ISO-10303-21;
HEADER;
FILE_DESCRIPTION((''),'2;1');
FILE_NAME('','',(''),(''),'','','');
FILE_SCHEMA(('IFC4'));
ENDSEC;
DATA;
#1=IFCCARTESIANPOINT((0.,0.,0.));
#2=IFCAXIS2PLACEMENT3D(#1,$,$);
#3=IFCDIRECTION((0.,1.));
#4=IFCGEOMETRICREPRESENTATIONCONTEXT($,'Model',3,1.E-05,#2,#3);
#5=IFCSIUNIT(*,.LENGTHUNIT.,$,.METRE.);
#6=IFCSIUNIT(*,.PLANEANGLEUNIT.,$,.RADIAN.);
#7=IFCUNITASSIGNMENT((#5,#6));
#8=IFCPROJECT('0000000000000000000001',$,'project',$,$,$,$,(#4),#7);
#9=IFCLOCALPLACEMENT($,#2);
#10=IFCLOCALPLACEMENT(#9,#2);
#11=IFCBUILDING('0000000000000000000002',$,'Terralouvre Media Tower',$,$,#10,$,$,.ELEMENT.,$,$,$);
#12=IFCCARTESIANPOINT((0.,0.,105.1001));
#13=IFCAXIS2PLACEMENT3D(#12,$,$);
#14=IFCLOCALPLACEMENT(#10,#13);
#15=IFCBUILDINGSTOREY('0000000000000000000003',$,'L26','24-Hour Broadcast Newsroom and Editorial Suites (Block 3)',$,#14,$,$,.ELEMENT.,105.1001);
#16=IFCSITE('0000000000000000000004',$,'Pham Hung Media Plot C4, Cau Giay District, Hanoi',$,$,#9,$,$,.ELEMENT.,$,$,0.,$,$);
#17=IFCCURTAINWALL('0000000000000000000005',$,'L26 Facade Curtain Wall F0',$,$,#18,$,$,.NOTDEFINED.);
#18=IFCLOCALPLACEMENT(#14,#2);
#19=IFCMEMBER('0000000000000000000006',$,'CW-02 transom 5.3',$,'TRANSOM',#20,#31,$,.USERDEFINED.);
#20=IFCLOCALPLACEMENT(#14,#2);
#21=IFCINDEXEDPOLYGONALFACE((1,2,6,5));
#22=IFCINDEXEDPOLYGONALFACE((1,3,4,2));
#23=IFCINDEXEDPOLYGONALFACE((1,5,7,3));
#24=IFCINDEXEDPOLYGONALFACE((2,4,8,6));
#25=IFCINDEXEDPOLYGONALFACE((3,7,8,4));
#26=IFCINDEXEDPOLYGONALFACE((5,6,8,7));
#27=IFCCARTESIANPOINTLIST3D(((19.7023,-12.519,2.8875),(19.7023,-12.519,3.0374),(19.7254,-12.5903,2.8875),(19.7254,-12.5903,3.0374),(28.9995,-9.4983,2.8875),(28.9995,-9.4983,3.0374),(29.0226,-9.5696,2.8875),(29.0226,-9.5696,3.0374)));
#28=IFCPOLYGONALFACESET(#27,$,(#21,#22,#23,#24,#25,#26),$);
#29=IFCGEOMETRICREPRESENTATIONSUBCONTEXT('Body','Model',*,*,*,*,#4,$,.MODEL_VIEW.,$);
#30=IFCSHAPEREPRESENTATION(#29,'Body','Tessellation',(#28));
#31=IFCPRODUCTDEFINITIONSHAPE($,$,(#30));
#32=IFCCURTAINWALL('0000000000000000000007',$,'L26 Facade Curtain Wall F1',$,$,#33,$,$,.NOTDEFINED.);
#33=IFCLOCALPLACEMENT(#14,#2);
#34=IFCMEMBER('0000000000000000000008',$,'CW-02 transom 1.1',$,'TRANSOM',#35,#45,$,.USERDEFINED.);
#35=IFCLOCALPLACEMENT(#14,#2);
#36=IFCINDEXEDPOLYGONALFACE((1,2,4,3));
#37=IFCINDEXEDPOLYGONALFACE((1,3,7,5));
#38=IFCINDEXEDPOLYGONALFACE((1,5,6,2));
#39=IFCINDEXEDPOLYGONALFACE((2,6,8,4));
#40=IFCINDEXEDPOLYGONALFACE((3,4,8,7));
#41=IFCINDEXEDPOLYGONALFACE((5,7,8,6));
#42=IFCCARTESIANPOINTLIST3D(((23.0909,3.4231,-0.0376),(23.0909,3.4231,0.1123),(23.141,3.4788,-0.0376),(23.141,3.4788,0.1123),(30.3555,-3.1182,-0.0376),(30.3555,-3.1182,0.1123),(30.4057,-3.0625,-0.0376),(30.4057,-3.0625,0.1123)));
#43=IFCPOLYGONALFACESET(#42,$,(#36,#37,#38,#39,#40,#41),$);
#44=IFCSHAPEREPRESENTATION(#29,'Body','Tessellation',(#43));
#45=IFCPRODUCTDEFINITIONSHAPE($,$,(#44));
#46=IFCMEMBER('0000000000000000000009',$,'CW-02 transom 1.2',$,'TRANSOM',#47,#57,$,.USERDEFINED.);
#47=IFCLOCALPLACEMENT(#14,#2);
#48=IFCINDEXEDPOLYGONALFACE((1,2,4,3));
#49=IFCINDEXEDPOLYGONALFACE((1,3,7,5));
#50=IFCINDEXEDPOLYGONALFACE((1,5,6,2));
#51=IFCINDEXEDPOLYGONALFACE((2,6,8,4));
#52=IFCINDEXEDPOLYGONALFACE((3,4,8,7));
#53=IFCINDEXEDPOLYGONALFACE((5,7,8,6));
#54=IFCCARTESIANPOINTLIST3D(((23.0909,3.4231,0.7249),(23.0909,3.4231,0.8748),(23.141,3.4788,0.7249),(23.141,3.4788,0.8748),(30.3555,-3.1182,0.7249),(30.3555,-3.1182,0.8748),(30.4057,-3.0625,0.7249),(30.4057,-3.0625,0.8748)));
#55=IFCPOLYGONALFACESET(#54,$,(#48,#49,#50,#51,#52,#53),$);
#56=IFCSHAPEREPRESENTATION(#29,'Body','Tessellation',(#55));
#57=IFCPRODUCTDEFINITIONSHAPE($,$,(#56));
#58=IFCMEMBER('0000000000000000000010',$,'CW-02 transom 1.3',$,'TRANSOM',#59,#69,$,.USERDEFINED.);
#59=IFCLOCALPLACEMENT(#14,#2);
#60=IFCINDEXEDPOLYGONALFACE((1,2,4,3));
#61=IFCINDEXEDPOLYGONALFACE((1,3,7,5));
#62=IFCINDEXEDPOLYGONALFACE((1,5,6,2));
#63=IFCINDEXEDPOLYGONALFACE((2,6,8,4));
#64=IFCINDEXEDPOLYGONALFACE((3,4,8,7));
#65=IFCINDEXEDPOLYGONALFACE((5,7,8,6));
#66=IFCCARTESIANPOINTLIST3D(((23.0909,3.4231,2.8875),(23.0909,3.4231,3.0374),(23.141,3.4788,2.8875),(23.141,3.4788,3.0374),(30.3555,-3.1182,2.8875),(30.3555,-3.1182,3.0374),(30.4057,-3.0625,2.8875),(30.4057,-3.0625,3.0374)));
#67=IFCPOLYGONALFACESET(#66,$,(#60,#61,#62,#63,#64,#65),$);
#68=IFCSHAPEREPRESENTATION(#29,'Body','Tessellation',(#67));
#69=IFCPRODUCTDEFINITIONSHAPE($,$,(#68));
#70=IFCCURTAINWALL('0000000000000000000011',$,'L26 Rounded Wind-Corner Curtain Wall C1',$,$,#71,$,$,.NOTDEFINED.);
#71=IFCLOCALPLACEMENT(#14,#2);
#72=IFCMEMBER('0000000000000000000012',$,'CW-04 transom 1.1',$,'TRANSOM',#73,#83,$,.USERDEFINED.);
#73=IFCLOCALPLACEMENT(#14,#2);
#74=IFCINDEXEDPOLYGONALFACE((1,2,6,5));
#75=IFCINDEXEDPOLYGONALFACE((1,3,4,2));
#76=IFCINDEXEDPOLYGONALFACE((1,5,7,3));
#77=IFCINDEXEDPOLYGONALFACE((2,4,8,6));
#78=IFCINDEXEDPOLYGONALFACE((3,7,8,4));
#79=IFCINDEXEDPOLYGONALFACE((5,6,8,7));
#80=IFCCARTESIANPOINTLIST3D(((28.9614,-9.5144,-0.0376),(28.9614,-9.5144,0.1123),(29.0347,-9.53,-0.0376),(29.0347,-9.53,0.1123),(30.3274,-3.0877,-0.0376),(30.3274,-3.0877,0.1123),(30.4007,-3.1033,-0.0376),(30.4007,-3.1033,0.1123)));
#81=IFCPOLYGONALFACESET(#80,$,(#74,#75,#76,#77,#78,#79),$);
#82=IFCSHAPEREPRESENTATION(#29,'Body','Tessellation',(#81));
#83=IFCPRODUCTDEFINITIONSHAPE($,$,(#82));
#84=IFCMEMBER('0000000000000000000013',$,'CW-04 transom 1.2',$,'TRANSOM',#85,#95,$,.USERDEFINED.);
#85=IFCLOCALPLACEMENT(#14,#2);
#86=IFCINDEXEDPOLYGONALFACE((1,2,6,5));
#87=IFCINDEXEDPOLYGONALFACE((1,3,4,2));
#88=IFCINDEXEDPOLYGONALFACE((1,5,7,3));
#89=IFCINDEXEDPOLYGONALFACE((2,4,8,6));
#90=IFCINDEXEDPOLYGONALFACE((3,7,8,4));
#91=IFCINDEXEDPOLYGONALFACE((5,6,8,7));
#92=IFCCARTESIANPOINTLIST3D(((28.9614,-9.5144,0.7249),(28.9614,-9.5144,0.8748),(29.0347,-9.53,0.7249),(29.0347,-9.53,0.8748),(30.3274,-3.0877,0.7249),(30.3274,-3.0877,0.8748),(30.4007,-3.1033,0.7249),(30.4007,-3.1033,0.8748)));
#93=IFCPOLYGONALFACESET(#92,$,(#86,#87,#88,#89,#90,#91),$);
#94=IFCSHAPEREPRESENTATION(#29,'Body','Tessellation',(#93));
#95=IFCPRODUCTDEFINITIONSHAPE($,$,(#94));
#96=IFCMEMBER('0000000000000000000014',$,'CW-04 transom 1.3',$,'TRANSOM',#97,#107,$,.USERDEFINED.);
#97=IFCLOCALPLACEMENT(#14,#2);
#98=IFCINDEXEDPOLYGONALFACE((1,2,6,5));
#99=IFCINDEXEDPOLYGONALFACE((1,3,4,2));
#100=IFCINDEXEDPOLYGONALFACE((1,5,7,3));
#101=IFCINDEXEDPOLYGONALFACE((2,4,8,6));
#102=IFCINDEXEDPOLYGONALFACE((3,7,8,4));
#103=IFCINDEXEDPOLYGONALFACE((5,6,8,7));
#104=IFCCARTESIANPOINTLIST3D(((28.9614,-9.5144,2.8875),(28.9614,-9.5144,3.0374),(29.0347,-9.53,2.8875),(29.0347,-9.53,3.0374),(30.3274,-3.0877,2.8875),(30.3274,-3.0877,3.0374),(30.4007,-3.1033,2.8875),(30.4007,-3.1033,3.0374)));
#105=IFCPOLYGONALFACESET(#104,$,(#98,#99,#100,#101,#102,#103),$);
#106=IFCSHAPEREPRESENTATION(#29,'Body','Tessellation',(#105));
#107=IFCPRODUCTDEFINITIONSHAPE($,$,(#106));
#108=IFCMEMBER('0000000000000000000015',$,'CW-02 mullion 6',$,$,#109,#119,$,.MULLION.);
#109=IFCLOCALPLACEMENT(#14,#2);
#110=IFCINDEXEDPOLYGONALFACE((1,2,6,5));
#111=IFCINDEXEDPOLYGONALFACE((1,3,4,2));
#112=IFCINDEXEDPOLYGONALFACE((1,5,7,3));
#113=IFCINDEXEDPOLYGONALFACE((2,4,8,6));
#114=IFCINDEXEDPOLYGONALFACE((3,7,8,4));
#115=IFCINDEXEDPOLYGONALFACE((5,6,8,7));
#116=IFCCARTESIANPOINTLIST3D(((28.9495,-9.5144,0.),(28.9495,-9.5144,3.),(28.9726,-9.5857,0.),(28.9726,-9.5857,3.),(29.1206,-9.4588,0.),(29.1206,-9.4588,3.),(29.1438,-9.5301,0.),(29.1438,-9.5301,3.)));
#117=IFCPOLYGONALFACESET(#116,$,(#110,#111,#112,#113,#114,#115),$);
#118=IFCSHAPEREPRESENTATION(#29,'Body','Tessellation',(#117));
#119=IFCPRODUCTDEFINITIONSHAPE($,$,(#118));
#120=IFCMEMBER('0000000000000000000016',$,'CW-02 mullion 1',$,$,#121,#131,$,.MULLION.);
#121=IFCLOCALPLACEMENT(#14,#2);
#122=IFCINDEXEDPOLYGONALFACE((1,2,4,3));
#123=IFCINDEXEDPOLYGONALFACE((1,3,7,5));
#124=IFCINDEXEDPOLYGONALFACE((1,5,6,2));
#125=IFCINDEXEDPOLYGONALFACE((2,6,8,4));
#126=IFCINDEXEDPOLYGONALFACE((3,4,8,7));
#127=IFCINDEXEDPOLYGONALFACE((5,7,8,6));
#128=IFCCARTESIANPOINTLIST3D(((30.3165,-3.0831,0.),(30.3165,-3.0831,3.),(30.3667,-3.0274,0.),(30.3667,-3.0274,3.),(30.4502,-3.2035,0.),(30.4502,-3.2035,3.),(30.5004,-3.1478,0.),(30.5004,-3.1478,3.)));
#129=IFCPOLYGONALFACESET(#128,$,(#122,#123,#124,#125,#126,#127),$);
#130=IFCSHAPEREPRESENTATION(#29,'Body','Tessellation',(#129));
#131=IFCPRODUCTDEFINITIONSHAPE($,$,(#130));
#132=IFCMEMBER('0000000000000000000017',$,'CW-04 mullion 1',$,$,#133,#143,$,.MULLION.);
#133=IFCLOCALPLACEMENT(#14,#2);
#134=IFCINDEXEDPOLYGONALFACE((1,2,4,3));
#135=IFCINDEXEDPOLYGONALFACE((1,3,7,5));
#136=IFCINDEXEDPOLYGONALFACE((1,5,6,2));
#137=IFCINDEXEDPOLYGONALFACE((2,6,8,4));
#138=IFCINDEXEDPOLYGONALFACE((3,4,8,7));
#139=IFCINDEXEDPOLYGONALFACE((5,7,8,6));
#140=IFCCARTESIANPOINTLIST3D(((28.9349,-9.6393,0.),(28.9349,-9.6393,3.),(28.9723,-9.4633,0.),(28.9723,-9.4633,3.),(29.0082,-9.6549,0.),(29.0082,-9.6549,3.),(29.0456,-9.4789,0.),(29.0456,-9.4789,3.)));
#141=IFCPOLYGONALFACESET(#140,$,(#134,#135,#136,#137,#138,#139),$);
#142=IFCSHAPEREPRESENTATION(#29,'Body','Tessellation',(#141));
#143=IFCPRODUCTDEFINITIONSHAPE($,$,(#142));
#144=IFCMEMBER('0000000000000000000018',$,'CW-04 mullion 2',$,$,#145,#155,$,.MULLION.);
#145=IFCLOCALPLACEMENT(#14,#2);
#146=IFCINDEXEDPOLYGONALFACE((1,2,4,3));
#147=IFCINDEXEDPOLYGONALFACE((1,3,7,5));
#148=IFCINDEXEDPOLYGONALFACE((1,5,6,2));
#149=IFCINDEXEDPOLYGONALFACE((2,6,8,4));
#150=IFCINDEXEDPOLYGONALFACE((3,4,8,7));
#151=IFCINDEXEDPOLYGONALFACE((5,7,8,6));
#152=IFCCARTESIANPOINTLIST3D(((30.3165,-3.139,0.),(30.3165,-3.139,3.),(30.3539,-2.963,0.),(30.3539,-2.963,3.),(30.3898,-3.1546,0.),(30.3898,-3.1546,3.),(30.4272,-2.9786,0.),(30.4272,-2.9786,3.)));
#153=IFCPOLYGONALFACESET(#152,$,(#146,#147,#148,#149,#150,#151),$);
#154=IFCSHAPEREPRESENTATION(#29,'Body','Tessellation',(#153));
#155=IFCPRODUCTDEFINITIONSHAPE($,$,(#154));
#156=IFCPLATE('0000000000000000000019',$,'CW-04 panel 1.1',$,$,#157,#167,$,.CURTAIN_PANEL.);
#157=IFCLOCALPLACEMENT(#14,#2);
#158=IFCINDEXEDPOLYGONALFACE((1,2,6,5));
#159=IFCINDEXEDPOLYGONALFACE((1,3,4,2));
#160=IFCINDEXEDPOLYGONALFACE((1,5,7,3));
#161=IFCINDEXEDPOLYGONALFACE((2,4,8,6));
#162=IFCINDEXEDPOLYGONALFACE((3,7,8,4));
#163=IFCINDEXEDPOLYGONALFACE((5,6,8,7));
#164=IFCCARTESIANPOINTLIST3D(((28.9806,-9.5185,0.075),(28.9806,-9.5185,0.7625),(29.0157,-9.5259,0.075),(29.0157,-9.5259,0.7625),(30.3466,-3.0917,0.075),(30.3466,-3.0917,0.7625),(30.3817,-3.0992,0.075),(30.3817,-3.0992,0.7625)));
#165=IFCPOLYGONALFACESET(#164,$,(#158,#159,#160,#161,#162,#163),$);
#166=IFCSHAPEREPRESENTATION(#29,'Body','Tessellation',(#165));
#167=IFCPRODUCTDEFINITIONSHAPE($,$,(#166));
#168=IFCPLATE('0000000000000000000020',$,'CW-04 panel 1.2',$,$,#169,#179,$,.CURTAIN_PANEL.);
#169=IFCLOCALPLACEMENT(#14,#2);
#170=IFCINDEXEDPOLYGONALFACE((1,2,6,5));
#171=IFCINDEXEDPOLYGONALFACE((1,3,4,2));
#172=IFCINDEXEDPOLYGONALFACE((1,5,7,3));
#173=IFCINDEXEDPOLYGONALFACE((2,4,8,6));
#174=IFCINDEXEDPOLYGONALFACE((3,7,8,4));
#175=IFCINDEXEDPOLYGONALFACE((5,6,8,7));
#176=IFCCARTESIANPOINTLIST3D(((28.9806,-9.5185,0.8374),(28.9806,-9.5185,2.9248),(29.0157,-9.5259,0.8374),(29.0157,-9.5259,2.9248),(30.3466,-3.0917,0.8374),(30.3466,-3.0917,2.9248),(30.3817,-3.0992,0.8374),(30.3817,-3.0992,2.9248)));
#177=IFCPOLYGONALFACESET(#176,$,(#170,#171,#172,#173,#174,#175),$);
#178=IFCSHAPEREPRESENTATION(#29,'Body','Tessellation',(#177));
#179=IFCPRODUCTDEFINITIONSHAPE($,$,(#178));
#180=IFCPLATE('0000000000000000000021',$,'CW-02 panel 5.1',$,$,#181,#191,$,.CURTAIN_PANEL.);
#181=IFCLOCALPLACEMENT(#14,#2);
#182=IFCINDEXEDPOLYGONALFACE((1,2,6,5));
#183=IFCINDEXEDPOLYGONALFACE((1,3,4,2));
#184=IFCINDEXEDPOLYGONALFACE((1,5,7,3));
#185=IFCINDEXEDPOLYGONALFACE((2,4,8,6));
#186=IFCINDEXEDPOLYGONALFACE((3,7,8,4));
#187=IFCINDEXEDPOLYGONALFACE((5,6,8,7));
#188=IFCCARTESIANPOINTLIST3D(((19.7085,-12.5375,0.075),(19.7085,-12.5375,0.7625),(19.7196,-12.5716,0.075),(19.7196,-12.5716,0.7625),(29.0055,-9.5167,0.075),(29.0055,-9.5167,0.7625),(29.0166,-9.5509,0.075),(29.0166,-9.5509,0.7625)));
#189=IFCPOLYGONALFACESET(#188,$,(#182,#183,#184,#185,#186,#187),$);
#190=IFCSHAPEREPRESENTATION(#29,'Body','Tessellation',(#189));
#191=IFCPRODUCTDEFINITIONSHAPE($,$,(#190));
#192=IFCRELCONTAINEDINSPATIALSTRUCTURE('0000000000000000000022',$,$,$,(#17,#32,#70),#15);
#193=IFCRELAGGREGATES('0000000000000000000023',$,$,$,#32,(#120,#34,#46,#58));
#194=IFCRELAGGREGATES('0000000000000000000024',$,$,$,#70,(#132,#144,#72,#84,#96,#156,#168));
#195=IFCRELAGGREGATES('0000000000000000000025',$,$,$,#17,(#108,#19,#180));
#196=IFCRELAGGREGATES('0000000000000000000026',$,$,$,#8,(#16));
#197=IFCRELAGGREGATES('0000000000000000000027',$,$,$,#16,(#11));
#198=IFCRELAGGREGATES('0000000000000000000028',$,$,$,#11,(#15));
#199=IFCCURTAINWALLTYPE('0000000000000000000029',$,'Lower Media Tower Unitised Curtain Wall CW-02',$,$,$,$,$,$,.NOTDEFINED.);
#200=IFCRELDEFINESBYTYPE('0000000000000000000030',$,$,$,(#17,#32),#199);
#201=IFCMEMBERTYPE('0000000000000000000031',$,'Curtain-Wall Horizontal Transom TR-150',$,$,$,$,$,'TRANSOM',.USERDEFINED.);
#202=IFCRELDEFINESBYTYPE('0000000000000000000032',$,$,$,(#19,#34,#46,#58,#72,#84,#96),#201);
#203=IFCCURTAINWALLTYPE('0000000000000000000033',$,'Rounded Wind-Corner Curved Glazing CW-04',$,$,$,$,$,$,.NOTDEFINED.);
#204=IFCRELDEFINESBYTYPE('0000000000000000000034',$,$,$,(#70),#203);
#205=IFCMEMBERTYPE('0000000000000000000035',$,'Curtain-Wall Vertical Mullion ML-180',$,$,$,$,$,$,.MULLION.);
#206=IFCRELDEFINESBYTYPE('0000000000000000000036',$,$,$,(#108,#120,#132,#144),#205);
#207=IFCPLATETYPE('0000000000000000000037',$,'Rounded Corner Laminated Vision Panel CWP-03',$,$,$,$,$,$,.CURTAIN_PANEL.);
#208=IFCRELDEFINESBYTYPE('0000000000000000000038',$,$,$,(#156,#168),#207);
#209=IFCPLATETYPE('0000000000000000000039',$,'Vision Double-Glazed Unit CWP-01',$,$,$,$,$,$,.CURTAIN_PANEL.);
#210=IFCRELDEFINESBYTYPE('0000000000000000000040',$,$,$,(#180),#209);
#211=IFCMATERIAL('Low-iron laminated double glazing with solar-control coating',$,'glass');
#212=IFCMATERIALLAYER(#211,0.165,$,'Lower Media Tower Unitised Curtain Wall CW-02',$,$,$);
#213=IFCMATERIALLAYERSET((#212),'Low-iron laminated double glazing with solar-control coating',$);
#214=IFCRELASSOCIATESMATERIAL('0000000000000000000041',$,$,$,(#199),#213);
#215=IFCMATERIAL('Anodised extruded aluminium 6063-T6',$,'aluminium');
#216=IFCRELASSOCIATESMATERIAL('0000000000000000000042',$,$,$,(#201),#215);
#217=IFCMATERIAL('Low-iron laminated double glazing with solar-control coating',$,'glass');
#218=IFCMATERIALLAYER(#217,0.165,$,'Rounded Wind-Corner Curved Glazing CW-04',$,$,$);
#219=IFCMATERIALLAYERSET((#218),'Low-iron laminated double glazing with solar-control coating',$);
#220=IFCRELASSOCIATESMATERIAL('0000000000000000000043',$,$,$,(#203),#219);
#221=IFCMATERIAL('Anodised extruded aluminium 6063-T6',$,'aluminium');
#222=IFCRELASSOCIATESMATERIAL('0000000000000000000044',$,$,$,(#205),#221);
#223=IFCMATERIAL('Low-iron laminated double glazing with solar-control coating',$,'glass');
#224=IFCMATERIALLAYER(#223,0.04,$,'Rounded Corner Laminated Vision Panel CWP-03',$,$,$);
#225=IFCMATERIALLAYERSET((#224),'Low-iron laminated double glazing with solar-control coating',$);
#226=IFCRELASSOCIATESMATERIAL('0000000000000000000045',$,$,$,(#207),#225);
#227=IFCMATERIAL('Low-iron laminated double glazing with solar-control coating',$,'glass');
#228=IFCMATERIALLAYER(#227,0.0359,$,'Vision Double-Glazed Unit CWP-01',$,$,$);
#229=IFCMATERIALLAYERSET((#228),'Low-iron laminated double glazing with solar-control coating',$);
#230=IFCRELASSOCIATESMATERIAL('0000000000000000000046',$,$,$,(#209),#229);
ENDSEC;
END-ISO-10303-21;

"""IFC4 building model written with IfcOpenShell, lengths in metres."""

from ifc_helpers import new_model, si_unit, direction, frame, origin, origin_2d, place, context, subcontext, project, spatial, rectangle, extrude, material, layer, layer_set, material_profile, profile_set, type_object, element, aggregate, save


model = new_model("IFC4")

# Units and contexts
model_context = context("Model", 3, precision=1e-05, world=origin(), true_north=direction((0.0, 1.0)))
body_context = subcontext(model_context, "Body", "Model", "MODEL_VIEW")
ifc_project = project(units=[si_unit("LENGTHUNIT", "METRE"), si_unit("PLANEANGLEUNIT", "RADIAN")], contexts=[model_context])

# Site, building, storey
site_placement = place(None, origin())
site = spatial("IfcSite", under=ifc_project, at=site_placement, Name="Pham Hung Media Plot C4, Cau Giay District, Hanoi", CompositionType="ELEMENT", RefElevation=0.0)
building_placement = place(site_placement, origin())
building = spatial("IfcBuilding", under=site, at=building_placement, Name="Terralouvre Media Tower", CompositionType="ELEMENT")
storey_placement = place(building_placement, frame((0.0, 0.0, 105.1001)))
storey = spatial("IfcBuildingStorey", under=building, at=storey_placement, Name="L26", Description="24-Hour Broadcast Newsroom and Editorial Suites (Block 3)", CompositionType="ELEMENT", Elevation=105.1001)

# Curtain wall, member
ifc_material_1 = material(Name="Low-iron laminated double glazing with solar-control coating", Category="glass")
ifc_layer_1 = layer(ifc_material_1, 0.165, Name="Lower Media Tower Unitised Curtain Wall CW-02")
ifc_layer_set_1 = layer_set([ifc_layer_1], Name="Low-iron laminated double glazing with solar-control coating")
curtain_wall_type_1 = type_object("IfcCurtainWallType", Name="Lower Media Tower Unitised Curtain Wall CW-02", PredefinedType="NOTDEFINED", material=ifc_layer_set_1)
curtain_wall_1_placement = place(storey_placement, origin())
curtain_wall_1 = element("IfcCurtainWall", 1, at=curtain_wall_1_placement, inside=storey, type_object=curtain_wall_type_1, Name="L26 Facade Curtain Wall F0", PredefinedType="NOTDEFINED")
ifc_material_2 = material(Name="Anodised extruded aluminium 6063-T6", Category="aluminium")
ifc_material_profile_1 = material_profile(ifc_material_2, rectangle(XDim=0.075, YDim=0.1499, at=origin_2d()), Name="ALU 75x150")
ifc_profile_set_1 = profile_set([ifc_material_profile_1], Name="Anodised extruded aluminium 6063-T6")
member_type_1 = type_object("IfcMemberType", Name="Curtain-Wall Horizontal Transom TR-150", ElementType="TRANSOM", PredefinedType="USERDEFINED", material=ifc_profile_set_1)
member_1_placement = place(storey_placement, frame((19.7139, -12.5547, 2.9624), z_axis=(0.951058, 0.309011, 0.0), x_axis=(-0.309011, 0.951058, 0.0)))
member_1 = element("IfcMember", 2, at=member_1_placement, type_object=member_type_1, Name="CW-02 transom 5.3", ObjectType="TRANSOM", PredefinedType="USERDEFINED", context=body_context, shape_type="SweptSolid", body=[
    extrude(rectangle(XDim=0.075, YDim=0.1499, at=origin_2d()), origin(), (0.0, 0.0, 1.0), 9.7756),
])

# Curtain walls, members
curtain_wall_2_placement = place(storey_placement, origin())
curtain_wall_2 = element("IfcCurtainWall", 3, at=curtain_wall_2_placement, inside=storey, type_object=curtain_wall_type_1, Name="L26 Facade Curtain Wall F1", PredefinedType="NOTDEFINED")
member_2_placement = place(storey_placement, frame((30.3806, -3.0903, 0.0374), z_axis=(-0.743138, 0.669139, 0.0), x_axis=(-0.669139, -0.743138, 0.0)))
member_2 = element("IfcMember", 4, at=member_2_placement, type_object=member_type_1, Name="CW-02 transom 1.1", ObjectType="TRANSOM", PredefinedType="USERDEFINED", context=body_context, shape_type="SweptSolid", body=[
    extrude(rectangle(XDim=0.075, YDim=0.1499, at=origin_2d()), origin(), (0.0, 0.0, 1.0), 9.7756),
])
member_3_placement = place(storey_placement, frame((30.3806, -3.0903, 0.7998), z_axis=(-0.743138, 0.669139, 0.0), x_axis=(-0.669139, -0.743138, 0.0)))
member_3 = element("IfcMember", 5, at=member_3_placement, type_object=member_type_1, Name="CW-02 transom 1.2", ObjectType="TRANSOM", PredefinedType="USERDEFINED", context=body_context, shape_type="SweptSolid", body=[
    extrude(rectangle(XDim=0.075, YDim=0.1499, at=origin_2d()), origin(), (0.0, 0.0, 1.0), 9.7756),
])
member_4_placement = place(storey_placement, frame((30.3806, -3.0903, 2.9624), z_axis=(-0.743138, 0.669139, 0.0), x_axis=(-0.669139, -0.743138, 0.0)))
member_4 = element("IfcMember", 6, at=member_4_placement, type_object=member_type_1, Name="CW-02 transom 1.3", ObjectType="TRANSOM", PredefinedType="USERDEFINED", context=body_context, shape_type="SweptSolid", body=[
    extrude(rectangle(XDim=0.075, YDim=0.1499, at=origin_2d()), origin(), (0.0, 0.0, 1.0), 9.7756),
])
ifc_material_3 = material(Name="Low-iron laminated double glazing with solar-control coating", Category="glass")
ifc_layer_2 = layer(ifc_material_3, 0.165, Name="Rounded Wind-Corner Curved Glazing CW-04")
ifc_layer_set_2 = layer_set([ifc_layer_2], Name="Low-iron laminated double glazing with solar-control coating")
curtain_wall_type_2 = type_object("IfcCurtainWallType", Name="Rounded Wind-Corner Curved Glazing CW-04", PredefinedType="NOTDEFINED", material=ifc_layer_set_2)
curtain_wall_3_placement = place(storey_placement, origin())
curtain_wall_3 = element("IfcCurtainWall", 7, at=curtain_wall_3_placement, inside=storey, type_object=curtain_wall_type_2, Name="L26 Rounded Wind-Corner Curtain Wall C1", PredefinedType="NOTDEFINED")
member_5_placement = place(storey_placement, frame((28.998, -9.5222, 0.0374), z_axis=(0.2079, 0.97815, 0.0), x_axis=(-0.97815, 0.2079, 0.0)))
member_5 = element("IfcMember", 8, at=member_5_placement, type_object=member_type_1, Name="CW-04 transom 1.1", ObjectType="TRANSOM", PredefinedType="USERDEFINED", context=body_context, shape_type="SweptSolid", body=[
    extrude(rectangle(XDim=0.075, YDim=0.1499, at=origin_2d()), origin(), (0.0, 0.0, 1.0), 6.5703),
])
member_6_placement = place(storey_placement, frame((28.998, -9.5222, 0.7998), z_axis=(0.2079, 0.97815, 0.0), x_axis=(-0.97815, 0.2079, 0.0)))
member_6 = element("IfcMember", 9, at=member_6_placement, type_object=member_type_1, Name="CW-04 transom 1.2", ObjectType="TRANSOM", PredefinedType="USERDEFINED", context=body_context, shape_type="SweptSolid", body=[
    extrude(rectangle(XDim=0.075, YDim=0.1499, at=origin_2d()), origin(), (0.0, 0.0, 1.0), 6.5703),
])
member_7_placement = place(storey_placement, frame((28.998, -9.5222, 2.9624), z_axis=(0.2079, 0.97815, 0.0), x_axis=(-0.97815, 0.2079, 0.0)))
member_7 = element("IfcMember", 10, at=member_7_placement, type_object=member_type_1, Name="CW-04 transom 1.3", ObjectType="TRANSOM", PredefinedType="USERDEFINED", context=body_context, shape_type="SweptSolid", body=[
    extrude(rectangle(XDim=0.075, YDim=0.1499, at=origin_2d()), origin(), (0.0, 0.0, 1.0), 6.5703),
])

# Members
ifc_material_4 = material(Name="Anodised extruded aluminium 6063-T6", Category="aluminium")
ifc_material_profile_2 = material_profile(ifc_material_4, rectangle(XDim=0.075, YDim=0.1799, at=origin_2d()), Name="ALU 75x180")
ifc_profile_set_2 = profile_set([ifc_material_profile_2], Name="Anodised extruded aluminium 6063-T6")
member_type_2 = type_object("IfcMemberType", Name="Curtain-Wall Vertical Mullion ML-180", PredefinedType="MULLION", material=ifc_profile_set_2)
member_8_placement = place(storey_placement, frame((29.0466, -9.5222, 0.0), z_axis=(0.0, 0.0, 1.0), x_axis=(-0.309017, 0.951057, 0.0)))
member_8 = element("IfcMember", 11, at=member_8_placement, type_object=member_type_2, Name="CW-02 mullion 6", PredefinedType="MULLION", context=body_context, shape_type="SweptSolid", body=[
    extrude(rectangle(XDim=0.075, YDim=0.1799, at=origin_2d()), origin(), (0.0, 0.0, 1.0), 3.0),
])
member_9_placement = place(storey_placement, frame((30.4084, -3.1155, 0.0), z_axis=(0.0, 0.0, 1.0), x_axis=(-0.669131, -0.743145, 0.0)))
member_9 = element("IfcMember", 12, at=member_9_placement, type_object=member_type_2, Name="CW-02 mullion 1", PredefinedType="MULLION", context=body_context, shape_type="SweptSolid", body=[
    extrude(rectangle(XDim=0.075, YDim=0.1799, at=origin_2d()), origin(), (0.0, 0.0, 1.0), 3.0),
])
aggregate(curtain_wall_2, [member_9, member_2, member_3, member_4])
member_10_placement = place(storey_placement, frame((28.9902, -9.5591, 0.0), z_axis=(0.0, 0.0, 1.0), x_axis=(-0.978148, 0.207912, 0.0)))
member_10 = element("IfcMember", 13, at=member_10_placement, type_object=member_type_2, Name="CW-04 mullion 1", PredefinedType="MULLION", context=body_context, shape_type="SweptSolid", body=[
    extrude(rectangle(XDim=0.075, YDim=0.1799, at=origin_2d()), origin(), (0.0, 0.0, 1.0), 3.0),
])
member_11_placement = place(storey_placement, frame((30.3718, -3.0588, 0.0), z_axis=(0.0, 0.0, 1.0), x_axis=(-0.978148, 0.207912, 0.0)))
member_11 = element("IfcMember", 14, at=member_11_placement, type_object=member_type_2, Name="CW-04 mullion 2", PredefinedType="MULLION", context=body_context, shape_type="SweptSolid", body=[
    extrude(rectangle(XDim=0.075, YDim=0.1799, at=origin_2d()), origin(), (0.0, 0.0, 1.0), 3.0),
])

# Plates
ifc_material_5 = material(Name="Low-iron laminated double glazing with solar-control coating", Category="glass")
ifc_layer_3 = layer(ifc_material_5, 0.04, Name="Rounded Corner Laminated Vision Panel CWP-03")
ifc_layer_set_3 = layer_set([ifc_layer_3], Name="Low-iron laminated double glazing with solar-control coating")
plate_type_1 = type_object("IfcPlateType", Name="Rounded Corner Laminated Vision Panel CWP-03", PredefinedType="CURTAIN_PANEL", material=ifc_layer_set_3)
plate_1_placement = place(storey_placement, frame((29.6812, -6.3088, 0.075), z_axis=(0.0, 0.0, 1.0), x_axis=(0.207912, 0.978148, 0.0)))
plate_1 = element("IfcPlate", 15, at=plate_1_placement, type_object=plate_type_1, Name="CW-04 panel 1.1", PredefinedType="CURTAIN_PANEL", context=body_context, shape_type="SweptSolid", body=[
    extrude(rectangle(XDim=6.5703, YDim=0.0359, at=origin_2d()), origin(), (0.0, 0.0, 1.0), 0.6875),
])
plate_2_placement = place(storey_placement, frame((29.6812, -6.3088, 0.8374), z_axis=(0.0, 0.0, 1.0), x_axis=(0.207912, 0.978148, 0.0)))
plate_2 = element("IfcPlate", 16, at=plate_2_placement, type_object=plate_type_1, Name="CW-04 panel 1.2", PredefinedType="CURTAIN_PANEL", context=body_context, shape_type="SweptSolid", body=[
    extrude(rectangle(XDim=6.5703, YDim=0.0359, at=origin_2d()), origin(), (0.0, 0.0, 1.0), 2.0874),
])
aggregate(curtain_wall_3, [member_10, member_11, member_5, member_6, member_7, plate_1, plate_2])
ifc_material_6 = material(Name="Low-iron laminated double glazing with solar-control coating", Category="glass")
ifc_layer_4 = layer(ifc_material_6, 0.0359, Name="Vision Double-Glazed Unit CWP-01")
ifc_layer_set_4 = layer_set([ifc_layer_4], Name="Low-iron laminated double glazing with solar-control coating")
plate_type_2 = type_object("IfcPlateType", Name="Vision Double-Glazed Unit CWP-01", PredefinedType="CURTAIN_PANEL", material=ifc_layer_set_4)
plate_3_placement = place(storey_placement, frame((24.3625, -11.0442, 0.075), z_axis=(0.0, 0.0, 1.0), x_axis=(0.951057, 0.309017, 0.0)))
plate_3 = element("IfcPlate", 17, at=plate_3_placement, type_object=plate_type_2, Name="CW-02 panel 5.1", PredefinedType="CURTAIN_PANEL", context=body_context, shape_type="SweptSolid", body=[
    extrude(rectangle(XDim=9.7754, YDim=0.0359, at=origin_2d()), origin(), (0.0, 0.0, 1.0), 0.6875),
])
aggregate(curtain_wall_1, [member_8, member_1, plate_3])

save(model, "model.ifc")
